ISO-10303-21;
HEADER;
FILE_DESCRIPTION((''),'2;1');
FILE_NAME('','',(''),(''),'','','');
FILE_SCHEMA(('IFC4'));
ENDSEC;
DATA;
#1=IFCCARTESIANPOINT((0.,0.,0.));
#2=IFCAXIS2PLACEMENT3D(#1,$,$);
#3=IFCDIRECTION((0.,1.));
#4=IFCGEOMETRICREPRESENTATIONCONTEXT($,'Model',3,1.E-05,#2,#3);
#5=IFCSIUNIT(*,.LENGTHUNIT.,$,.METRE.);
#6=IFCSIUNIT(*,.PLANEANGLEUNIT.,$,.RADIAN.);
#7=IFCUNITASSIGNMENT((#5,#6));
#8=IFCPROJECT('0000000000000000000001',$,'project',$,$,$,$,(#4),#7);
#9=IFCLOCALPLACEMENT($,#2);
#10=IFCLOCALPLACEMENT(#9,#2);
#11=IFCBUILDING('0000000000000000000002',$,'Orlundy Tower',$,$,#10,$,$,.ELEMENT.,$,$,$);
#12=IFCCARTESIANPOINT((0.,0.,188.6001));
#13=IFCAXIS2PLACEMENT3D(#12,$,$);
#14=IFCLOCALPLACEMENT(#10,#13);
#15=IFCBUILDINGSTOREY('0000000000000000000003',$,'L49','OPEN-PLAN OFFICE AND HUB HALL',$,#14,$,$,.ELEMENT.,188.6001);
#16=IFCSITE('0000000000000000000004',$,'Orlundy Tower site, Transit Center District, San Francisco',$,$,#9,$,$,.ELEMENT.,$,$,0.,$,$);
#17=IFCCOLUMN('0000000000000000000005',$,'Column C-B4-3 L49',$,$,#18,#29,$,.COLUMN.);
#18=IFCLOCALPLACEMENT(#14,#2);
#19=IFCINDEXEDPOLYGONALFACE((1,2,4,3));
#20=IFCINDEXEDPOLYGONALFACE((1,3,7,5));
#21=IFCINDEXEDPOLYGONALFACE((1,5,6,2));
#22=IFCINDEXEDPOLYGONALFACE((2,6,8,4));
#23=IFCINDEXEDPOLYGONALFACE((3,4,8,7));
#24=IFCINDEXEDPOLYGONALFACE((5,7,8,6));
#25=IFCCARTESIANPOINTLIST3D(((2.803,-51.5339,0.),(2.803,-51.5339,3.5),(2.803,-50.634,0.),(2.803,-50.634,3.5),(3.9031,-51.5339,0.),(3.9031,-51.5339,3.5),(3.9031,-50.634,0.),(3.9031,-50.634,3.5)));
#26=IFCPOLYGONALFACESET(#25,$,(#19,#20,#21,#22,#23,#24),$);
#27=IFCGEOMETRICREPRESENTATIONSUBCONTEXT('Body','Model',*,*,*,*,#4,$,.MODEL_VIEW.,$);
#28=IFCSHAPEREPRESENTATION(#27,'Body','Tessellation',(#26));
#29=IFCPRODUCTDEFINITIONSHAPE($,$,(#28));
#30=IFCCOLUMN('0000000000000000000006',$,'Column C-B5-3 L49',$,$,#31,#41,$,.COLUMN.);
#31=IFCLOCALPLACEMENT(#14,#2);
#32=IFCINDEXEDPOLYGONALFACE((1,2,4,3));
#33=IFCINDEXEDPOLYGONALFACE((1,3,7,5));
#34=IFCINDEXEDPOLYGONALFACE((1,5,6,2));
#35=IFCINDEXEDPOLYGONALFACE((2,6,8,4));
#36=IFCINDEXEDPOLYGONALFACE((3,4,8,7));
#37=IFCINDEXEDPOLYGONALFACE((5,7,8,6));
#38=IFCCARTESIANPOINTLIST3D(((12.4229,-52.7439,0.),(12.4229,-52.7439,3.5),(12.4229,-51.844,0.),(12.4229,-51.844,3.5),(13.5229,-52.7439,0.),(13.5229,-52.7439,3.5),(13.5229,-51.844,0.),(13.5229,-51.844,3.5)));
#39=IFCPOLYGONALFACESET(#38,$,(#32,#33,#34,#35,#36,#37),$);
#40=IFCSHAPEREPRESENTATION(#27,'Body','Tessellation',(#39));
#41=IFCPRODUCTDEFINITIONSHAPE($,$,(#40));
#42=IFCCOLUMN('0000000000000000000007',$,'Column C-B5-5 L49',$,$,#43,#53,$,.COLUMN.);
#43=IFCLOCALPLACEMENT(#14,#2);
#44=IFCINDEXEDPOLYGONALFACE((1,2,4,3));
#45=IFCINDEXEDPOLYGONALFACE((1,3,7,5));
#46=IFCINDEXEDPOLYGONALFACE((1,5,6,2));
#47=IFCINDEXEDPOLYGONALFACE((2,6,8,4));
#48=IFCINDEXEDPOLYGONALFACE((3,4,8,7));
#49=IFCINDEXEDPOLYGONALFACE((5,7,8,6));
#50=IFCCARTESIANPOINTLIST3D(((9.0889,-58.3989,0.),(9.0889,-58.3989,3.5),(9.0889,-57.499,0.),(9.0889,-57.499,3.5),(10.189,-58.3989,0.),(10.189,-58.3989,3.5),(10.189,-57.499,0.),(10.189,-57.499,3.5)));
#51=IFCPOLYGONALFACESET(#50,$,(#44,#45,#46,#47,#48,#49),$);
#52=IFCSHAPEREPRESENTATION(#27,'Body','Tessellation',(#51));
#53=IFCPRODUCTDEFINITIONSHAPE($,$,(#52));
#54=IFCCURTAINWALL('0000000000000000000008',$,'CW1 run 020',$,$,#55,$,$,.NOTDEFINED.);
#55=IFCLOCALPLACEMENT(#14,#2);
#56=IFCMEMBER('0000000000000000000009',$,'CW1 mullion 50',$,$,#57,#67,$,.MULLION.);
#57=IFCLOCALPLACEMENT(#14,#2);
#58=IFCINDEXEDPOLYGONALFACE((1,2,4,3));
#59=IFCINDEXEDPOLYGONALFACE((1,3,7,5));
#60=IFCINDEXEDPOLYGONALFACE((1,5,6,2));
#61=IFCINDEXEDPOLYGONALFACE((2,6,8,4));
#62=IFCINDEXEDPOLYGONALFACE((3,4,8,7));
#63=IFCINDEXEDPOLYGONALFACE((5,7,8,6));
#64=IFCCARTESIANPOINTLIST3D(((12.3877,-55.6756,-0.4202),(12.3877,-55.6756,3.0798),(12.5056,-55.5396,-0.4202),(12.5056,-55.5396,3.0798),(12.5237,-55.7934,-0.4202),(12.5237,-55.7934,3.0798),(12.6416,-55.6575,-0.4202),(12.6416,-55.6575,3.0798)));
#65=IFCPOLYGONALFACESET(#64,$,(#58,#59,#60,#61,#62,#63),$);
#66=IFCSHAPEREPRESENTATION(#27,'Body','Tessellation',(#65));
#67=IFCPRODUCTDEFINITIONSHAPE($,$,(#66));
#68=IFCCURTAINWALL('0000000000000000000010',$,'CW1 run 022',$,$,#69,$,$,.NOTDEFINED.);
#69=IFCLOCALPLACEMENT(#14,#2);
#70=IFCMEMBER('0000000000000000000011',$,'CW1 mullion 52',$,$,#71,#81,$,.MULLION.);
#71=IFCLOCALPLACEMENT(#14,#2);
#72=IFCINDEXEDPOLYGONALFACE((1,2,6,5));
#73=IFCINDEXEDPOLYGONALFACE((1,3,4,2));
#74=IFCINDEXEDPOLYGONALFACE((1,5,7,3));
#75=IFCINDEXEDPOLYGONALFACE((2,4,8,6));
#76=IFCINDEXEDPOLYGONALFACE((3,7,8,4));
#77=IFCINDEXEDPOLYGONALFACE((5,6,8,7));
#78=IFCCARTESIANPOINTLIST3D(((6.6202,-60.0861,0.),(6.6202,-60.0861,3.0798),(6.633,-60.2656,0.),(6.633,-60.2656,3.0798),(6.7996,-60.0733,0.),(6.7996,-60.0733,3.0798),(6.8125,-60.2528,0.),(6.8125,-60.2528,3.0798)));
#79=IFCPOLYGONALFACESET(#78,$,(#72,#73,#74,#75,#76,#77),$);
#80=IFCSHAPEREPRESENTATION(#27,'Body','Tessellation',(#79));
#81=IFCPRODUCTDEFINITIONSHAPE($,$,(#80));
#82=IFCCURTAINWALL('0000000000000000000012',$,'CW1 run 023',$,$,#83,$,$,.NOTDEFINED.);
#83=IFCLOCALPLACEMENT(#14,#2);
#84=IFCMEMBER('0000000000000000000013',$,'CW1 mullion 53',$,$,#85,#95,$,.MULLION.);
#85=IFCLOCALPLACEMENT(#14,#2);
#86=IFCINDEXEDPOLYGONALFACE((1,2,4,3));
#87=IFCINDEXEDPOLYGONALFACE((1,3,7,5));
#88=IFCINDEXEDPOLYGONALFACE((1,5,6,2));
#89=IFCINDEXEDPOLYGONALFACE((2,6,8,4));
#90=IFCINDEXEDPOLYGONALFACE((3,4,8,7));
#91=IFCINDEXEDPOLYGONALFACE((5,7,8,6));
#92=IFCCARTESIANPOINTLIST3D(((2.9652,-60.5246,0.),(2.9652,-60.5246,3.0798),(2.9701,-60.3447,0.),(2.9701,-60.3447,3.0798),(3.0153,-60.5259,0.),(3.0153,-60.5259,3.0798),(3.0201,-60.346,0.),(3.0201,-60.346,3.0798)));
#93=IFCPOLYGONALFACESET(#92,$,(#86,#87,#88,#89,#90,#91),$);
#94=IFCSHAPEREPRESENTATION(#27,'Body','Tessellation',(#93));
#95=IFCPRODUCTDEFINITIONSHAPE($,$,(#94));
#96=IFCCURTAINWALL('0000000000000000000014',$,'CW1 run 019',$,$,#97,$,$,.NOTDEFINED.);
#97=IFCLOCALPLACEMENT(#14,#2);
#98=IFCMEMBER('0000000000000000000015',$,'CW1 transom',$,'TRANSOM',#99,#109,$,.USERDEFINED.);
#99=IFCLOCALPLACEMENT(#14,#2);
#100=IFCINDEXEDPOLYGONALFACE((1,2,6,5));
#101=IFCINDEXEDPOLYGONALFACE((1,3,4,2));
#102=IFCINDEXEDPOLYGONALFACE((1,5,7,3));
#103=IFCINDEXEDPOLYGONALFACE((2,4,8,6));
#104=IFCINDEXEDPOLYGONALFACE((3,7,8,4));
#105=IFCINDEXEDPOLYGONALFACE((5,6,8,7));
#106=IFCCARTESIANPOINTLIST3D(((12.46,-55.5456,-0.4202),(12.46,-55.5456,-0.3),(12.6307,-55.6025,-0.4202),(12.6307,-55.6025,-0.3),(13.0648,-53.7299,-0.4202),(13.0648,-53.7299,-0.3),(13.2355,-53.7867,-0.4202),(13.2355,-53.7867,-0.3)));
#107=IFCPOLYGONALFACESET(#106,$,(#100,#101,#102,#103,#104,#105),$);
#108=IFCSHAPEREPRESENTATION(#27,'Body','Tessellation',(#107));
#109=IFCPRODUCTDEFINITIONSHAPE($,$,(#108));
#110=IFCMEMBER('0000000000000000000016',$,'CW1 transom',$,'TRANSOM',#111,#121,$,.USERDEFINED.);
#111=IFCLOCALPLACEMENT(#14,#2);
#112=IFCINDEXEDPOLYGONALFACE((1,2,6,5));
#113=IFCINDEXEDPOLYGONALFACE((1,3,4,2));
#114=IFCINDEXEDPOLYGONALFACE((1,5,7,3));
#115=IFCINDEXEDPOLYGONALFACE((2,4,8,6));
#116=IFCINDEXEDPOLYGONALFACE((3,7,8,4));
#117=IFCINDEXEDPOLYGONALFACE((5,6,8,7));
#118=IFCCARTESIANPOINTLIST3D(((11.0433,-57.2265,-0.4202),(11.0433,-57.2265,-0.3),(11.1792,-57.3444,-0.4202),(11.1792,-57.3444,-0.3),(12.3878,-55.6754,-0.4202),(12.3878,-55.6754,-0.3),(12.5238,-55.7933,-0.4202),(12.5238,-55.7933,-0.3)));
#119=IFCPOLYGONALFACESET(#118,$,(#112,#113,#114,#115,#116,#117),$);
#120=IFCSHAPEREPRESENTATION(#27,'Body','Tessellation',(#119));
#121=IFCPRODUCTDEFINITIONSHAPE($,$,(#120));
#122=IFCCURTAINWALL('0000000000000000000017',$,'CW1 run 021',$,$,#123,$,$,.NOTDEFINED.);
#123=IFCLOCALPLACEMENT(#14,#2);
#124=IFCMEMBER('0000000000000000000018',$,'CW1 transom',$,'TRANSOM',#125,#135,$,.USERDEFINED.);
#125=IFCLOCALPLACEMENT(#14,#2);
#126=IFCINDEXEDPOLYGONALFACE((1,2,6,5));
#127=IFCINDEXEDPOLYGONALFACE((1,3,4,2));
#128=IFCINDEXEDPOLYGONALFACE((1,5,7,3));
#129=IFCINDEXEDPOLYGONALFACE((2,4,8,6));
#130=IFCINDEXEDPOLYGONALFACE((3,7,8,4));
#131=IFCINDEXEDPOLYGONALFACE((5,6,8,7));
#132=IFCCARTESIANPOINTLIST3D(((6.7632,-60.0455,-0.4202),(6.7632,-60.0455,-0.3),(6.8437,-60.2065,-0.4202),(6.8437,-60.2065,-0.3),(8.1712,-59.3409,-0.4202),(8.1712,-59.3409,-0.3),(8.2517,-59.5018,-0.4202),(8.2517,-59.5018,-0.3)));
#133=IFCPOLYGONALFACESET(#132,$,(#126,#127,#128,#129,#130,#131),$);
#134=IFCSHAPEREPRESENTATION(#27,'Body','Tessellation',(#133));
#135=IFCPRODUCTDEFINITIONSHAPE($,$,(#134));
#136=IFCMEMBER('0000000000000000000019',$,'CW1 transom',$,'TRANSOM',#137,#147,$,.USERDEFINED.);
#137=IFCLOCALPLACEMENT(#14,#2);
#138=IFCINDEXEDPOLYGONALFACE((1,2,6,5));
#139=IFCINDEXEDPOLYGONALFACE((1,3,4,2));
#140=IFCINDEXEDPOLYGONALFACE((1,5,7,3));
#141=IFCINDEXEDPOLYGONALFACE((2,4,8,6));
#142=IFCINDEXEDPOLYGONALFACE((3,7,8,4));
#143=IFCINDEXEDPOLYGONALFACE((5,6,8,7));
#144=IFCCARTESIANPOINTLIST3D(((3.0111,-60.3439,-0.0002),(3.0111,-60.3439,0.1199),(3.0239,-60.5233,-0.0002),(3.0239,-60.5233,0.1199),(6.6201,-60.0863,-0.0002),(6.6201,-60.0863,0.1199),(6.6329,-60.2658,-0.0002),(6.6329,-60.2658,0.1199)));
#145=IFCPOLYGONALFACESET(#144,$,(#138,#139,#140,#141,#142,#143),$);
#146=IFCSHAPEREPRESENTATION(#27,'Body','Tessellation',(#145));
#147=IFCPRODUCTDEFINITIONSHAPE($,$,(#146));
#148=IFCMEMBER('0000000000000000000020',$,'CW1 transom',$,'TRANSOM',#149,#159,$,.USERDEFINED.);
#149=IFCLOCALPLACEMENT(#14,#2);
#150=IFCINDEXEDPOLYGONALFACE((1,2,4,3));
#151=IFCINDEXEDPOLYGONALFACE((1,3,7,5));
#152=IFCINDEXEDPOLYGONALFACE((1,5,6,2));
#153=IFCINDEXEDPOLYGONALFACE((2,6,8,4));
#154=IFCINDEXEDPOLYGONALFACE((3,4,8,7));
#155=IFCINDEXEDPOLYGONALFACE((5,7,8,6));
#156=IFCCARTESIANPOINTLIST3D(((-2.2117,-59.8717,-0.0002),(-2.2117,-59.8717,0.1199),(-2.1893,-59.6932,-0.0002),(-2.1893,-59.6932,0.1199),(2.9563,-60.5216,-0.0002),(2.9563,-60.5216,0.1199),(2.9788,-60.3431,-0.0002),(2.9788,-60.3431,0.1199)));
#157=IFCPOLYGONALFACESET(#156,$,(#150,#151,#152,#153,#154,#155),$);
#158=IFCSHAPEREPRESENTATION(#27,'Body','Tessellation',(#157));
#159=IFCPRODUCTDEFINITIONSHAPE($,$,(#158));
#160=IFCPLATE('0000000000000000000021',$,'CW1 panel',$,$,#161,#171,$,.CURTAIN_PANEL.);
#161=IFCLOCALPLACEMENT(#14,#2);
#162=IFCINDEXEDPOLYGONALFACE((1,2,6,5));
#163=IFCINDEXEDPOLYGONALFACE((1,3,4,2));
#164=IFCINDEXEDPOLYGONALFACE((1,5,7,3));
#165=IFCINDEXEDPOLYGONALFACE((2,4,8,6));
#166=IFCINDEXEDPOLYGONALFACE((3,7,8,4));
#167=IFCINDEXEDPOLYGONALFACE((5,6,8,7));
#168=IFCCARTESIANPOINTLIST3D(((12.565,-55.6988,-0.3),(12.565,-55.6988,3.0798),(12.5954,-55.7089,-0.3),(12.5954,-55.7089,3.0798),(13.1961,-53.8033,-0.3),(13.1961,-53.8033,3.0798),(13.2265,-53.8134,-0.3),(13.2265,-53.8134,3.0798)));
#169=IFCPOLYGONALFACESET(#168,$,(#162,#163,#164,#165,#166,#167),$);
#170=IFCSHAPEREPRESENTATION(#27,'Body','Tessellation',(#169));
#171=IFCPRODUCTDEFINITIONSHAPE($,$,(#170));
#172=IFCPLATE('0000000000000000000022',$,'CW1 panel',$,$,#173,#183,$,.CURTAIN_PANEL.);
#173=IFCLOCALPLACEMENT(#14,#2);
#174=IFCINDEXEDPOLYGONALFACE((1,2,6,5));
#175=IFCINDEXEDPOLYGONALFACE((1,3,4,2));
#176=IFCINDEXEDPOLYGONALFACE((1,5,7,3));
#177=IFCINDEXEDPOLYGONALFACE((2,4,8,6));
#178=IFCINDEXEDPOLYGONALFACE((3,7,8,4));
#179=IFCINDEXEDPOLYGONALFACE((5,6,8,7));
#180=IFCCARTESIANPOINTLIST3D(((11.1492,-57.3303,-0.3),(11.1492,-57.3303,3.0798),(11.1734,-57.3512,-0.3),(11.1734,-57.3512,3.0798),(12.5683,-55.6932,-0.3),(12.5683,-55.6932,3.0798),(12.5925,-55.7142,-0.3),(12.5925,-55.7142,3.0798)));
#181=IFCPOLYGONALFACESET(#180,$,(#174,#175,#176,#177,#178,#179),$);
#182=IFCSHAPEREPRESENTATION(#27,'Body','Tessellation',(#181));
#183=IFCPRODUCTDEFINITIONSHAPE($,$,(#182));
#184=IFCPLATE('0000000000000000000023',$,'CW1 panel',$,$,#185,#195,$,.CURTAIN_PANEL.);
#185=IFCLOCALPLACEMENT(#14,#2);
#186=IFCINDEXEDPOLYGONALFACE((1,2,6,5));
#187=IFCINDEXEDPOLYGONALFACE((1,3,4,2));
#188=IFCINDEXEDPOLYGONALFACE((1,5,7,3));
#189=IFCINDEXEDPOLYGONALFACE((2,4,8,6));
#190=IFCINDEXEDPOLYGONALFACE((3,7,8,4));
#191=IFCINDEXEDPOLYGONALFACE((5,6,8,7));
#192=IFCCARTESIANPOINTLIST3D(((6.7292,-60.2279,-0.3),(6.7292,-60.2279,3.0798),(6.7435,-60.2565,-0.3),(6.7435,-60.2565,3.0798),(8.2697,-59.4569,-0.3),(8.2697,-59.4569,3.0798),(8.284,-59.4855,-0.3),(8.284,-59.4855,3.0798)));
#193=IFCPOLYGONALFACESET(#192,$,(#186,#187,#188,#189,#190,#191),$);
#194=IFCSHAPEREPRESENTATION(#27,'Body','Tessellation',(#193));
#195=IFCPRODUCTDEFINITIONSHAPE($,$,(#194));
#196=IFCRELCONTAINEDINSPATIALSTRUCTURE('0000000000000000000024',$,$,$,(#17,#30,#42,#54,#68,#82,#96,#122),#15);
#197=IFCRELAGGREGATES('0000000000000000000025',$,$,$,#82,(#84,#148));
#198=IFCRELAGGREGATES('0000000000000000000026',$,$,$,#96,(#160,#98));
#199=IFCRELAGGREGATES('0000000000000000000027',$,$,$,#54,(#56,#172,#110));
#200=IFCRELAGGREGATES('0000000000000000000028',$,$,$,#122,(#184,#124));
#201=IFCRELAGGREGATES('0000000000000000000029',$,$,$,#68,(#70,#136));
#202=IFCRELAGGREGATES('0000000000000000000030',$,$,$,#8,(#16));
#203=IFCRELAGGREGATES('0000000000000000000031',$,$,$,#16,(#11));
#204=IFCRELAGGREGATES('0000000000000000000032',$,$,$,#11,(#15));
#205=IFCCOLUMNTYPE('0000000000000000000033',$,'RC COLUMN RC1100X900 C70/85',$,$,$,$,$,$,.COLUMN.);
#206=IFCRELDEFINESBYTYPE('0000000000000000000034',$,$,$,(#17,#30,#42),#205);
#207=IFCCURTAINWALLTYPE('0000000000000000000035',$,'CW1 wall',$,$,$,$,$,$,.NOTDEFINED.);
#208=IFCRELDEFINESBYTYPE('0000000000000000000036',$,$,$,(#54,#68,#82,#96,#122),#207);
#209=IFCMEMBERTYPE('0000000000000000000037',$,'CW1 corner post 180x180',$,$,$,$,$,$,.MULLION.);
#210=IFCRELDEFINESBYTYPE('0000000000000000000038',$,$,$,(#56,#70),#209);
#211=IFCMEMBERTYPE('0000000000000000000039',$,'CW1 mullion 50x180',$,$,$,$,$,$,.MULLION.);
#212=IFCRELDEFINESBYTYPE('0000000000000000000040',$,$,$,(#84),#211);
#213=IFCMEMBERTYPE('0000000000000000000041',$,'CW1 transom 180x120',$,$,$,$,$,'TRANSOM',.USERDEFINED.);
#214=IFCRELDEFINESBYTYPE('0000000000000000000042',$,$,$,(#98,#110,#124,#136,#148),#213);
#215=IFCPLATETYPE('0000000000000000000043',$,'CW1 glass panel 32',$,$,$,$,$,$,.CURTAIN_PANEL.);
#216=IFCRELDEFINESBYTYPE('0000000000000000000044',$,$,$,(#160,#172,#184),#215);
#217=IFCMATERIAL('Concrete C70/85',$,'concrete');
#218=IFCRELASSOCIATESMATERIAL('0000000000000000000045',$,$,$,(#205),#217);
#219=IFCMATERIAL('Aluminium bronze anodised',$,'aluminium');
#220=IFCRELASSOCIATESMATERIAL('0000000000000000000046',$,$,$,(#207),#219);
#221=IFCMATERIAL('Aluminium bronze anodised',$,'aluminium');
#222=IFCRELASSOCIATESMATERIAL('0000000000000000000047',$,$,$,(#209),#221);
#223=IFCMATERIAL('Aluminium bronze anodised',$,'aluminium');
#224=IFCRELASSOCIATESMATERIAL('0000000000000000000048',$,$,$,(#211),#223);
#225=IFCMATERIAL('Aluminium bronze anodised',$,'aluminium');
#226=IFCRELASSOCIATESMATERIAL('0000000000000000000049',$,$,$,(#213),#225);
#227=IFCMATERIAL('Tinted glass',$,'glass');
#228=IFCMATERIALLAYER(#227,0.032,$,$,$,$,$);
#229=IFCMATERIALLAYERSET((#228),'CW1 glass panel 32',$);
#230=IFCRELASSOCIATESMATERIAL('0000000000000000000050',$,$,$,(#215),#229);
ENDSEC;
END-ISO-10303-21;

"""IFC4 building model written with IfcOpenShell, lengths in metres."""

from ifc_helpers import new_model, si_unit, direction, frame, origin, origin_2d, place, context, subcontext, project, spatial, rectangle, extrude, material, layer, layer_set, material_profile, profile_set, type_object, element, aggregate, save


model = new_model("IFC4")

# Units and contexts
model_context = context("Model", 3, precision=1e-05, world=origin(), true_north=direction((0.0, 1.0)))
body_context = subcontext(model_context, "Body", "Model", "MODEL_VIEW")
ifc_project = project(units=[si_unit("LENGTHUNIT", "METRE"), si_unit("PLANEANGLEUNIT", "RADIAN")], contexts=[model_context])

# Site, building, storey
site_placement = place(None, origin())
site = spatial("IfcSite", under=ifc_project, at=site_placement, Name="Orlundy Tower site, Transit Center District, San Francisco", CompositionType="ELEMENT", RefElevation=0.0)
building_placement = place(site_placement, origin())
building = spatial("IfcBuilding", under=site, at=building_placement, Name="Orlundy Tower", CompositionType="ELEMENT")
storey_placement = place(building_placement, frame((0.0, 0.0, 188.6001)))
storey = spatial("IfcBuildingStorey", under=building, at=storey_placement, Name="L49", Description="OPEN-PLAN OFFICE AND HUB HALL", CompositionType="ELEMENT", Elevation=188.6001)

# Columns
ifc_material_1 = material(Name="Concrete C70/85", Category="concrete")
ifc_material_profile_1 = material_profile(ifc_material_1, rectangle(XDim=1.1001, YDim=0.8999, at=origin_2d()), Name="RC1100X900")
ifc_profile_set_1 = profile_set([ifc_material_profile_1], Name="Concrete C70/85")
column_type = type_object("IfcColumnType", Name="RC COLUMN RC1100X900 C70/85", PredefinedType="COLUMN", material=ifc_profile_set_1)
for number, where, z_axis, x_axis, name in (
    (1, (3.353, -51.084, 0.0), (0.0, 0.0, 1.0), (1.0, 0.0, 0.0), "Column C-B4-3 L49"),
    (2, (12.9729, -52.2939, 0.0), (0.0, 0.0, 1.0), (1.0, 0.0, 0.0), "Column C-B5-3 L49"),
    (3, (9.6389, -57.949, 0.0), (0.0, 0.0, 1.0), (1.0, 0.0, 0.0), "Column C-B5-5 L49"),
):
    element("IfcColumn", number, at=place(storey_placement, frame(where, z_axis=z_axis, x_axis=x_axis)), inside=storey, type_object=column_type, Name=name, PredefinedType="COLUMN", context=body_context, shape_type="SweptSolid", body=[
        extrude(rectangle(XDim=1.1001, YDim=0.8999, at=origin_2d()), origin(), (0.0, 0.0, 1.0), 3.5),
    ])

# Curtain walls, members
ifc_material_2 = material(Name="Aluminium bronze anodised", Category="aluminium")
curtain_wall_type = type_object("IfcCurtainWallType", Name="CW1 wall", PredefinedType="NOTDEFINED", material=ifc_material_2)
curtain_wall_1_placement = place(storey_placement, origin())
curtain_wall_1 = element("IfcCurtainWall", 4, at=curtain_wall_1_placement, inside=storey, type_object=curtain_wall_type, Name="CW1 run 020", PredefinedType="NOTDEFINED")
ifc_material_3 = material(Name="Aluminium bronze anodised", Category="aluminium")
ifc_material_profile_2 = material_profile(ifc_material_3, rectangle(XDim=0.1799, YDim=0.1799, at=origin_2d()), Name="CW1 corner post 180x180")
ifc_profile_set_2 = profile_set([ifc_material_profile_2], Name="Aluminium bronze anodised")
member_type_1 = type_object("IfcMemberType", Name="CW1 corner post 180x180", PredefinedType="MULLION", material=ifc_profile_set_2)
member_1_placement = place(storey_placement, frame((12.5146, -55.6665, -0.4202), z_axis=(0.0, 0.0, 1.0), x_axis=(0.755627, -0.655002, 0.0)))
member_1 = element("IfcMember", 5, at=member_1_placement, type_object=member_type_1, Name="CW1 mullion 50", PredefinedType="MULLION", context=body_context, shape_type="SweptSolid", body=[
    extrude(rectangle(XDim=0.1799, YDim=0.1799, at=origin_2d()), origin(), (0.0, 0.0, 1.0), 3.5),
])
curtain_wall_2_placement = place(storey_placement, origin())
curtain_wall_2 = element("IfcCurtainWall", 6, at=curtain_wall_2_placement, inside=storey, type_object=curtain_wall_type, Name="CW1 run 022", PredefinedType="NOTDEFINED")
member_2_placement = place(storey_placement, frame((6.7163, -60.1694, 0.0), z_axis=(0.0, 0.0, 1.0), x_axis=(0.071228, -0.99746, 0.0)))
member_2 = element("IfcMember", 7, at=member_2_placement, type_object=member_type_1, Name="CW1 mullion 52", PredefinedType="MULLION", context=body_context, shape_type="SweptSolid", body=[
    extrude(rectangle(XDim=0.1799, YDim=0.1799, at=origin_2d()), origin(), (0.0, 0.0, 1.0), 3.0798),
])
curtain_wall_3_placement = place(storey_placement, origin())
curtain_wall_3 = element("IfcCurtainWall", 8, at=curtain_wall_3_placement, inside=storey, type_object=curtain_wall_type, Name="CW1 run 023", PredefinedType="NOTDEFINED")
ifc_material_4 = material(Name="Aluminium bronze anodised", Category="aluminium")
ifc_material_profile_3 = material_profile(ifc_material_4, rectangle(XDim=0.1799, YDim=0.05, at=origin_2d()), Name="CW1 mullion 50x180")
ifc_profile_set_3 = profile_set([ifc_material_profile_3], Name="Aluminium bronze anodised")
member_type_2 = type_object("IfcMemberType", Name="CW1 mullion 50x180", PredefinedType="MULLION", material=ifc_profile_set_3)
member_3_placement = place(storey_placement, frame((2.9927, -60.4353, 0.0), z_axis=(0.0, 0.0, 1.0), x_axis=(-0.026896, -0.999638, 0.0)))
member_3 = element("IfcMember", 9, at=member_3_placement, type_object=member_type_2, Name="CW1 mullion 53", PredefinedType="MULLION", context=body_context, shape_type="SweptSolid", body=[
    extrude(rectangle(XDim=0.1799, YDim=0.05, at=origin_2d()), origin(), (0.0, 0.0, 1.0), 3.0798),
])
curtain_wall_4_placement = place(storey_placement, origin())
curtain_wall_4 = element("IfcCurtainWall", 10, at=curtain_wall_4_placement, inside=storey, type_object=curtain_wall_type, Name="CW1 run 019", PredefinedType="NOTDEFINED")
ifc_material_5 = material(Name="Aluminium bronze anodised", Category="aluminium")
ifc_material_profile_4 = material_profile(ifc_material_5, rectangle(XDim=0.1799, YDim=0.1201, at=origin_2d()), Name="CW1 transom 180x120")
ifc_profile_set_4 = profile_set([ifc_material_profile_4], Name="Aluminium bronze anodised")
member_type_3 = type_object("IfcMemberType", Name="CW1 transom 180x120", ElementType="TRANSOM", PredefinedType="USERDEFINED", material=ifc_profile_set_4)
member_4_placement = place(storey_placement, frame((13.1501, -53.7583, -0.3601), z_axis=(-0.315998, -0.94876, 0.0), x_axis=(0.94876, -0.315998, 0.0)))
member_4 = element("IfcMember", 11, at=member_4_placement, type_object=member_type_3, Name="CW1 transom", ObjectType="TRANSOM", PredefinedType="USERDEFINED", context=body_context, shape_type="SweptSolid", body=[
    extrude(rectangle(XDim=0.1799, YDim=0.1201, at=origin_2d()), origin(), (0.0, 0.0, 1.0), 1.9138),
])

# Member
member_5_placement = place(storey_placement, frame((12.4558, -55.7344, -0.3601), z_axis=(-0.655003, -0.755626, 0.0), x_axis=(0.755626, -0.655003, 0.0)))
member_5 = element("IfcMember", 12, at=member_5_placement, type_object=member_type_3, Name="CW1 transom", ObjectType="TRANSOM", PredefinedType="USERDEFINED", context=body_context, shape_type="SweptSolid", body=[
    extrude(rectangle(XDim=0.1799, YDim=0.1201, at=origin_2d()), origin(), (0.0, 0.0, 1.0), 2.0527),
])

# Curtain wall, member
curtain_wall_5_placement = place(storey_placement, origin())
curtain_wall_5 = element("IfcCurtainWall", 13, at=curtain_wall_5_placement, inside=storey, type_object=curtain_wall_type, Name="CW1 run 021", PredefinedType="NOTDEFINED")
member_6_placement = place(storey_placement, frame((8.2114, -59.4214, -0.3601), z_axis=(-0.894272, -0.447524, 0.0), x_axis=(0.447524, -0.894272, 0.0)))
member_6 = element("IfcMember", 14, at=member_6_placement, type_object=member_type_3, Name="CW1 transom", ObjectType="TRANSOM", PredefinedType="USERDEFINED", context=body_context, shape_type="SweptSolid", body=[
    extrude(rectangle(XDim=0.1799, YDim=0.1201, at=origin_2d()), origin(), (0.0, 0.0, 1.0), 1.5745),
])

# Members
member_7_placement = place(storey_placement, frame((6.6265, -60.176, 0.0598), z_axis=(-0.997463, -0.07119, 0.0), x_axis=(0.07119, -0.997463, 0.0)))
member_7 = element("IfcMember", 15, at=member_7_placement, type_object=member_type_3, Name="CW1 transom", ObjectType="TRANSOM", PredefinedType="USERDEFINED", context=body_context, shape_type="SweptSolid", body=[
    extrude(rectangle(XDim=0.1799, YDim=0.1201, at=origin_2d()), origin(), (0.0, 0.0, 1.0), 3.6182),
])
member_8_placement = place(storey_placement, frame((2.9675, -60.4324, 0.0598), z_axis=(-0.992185, 0.124773, 0.0), x_axis=(-0.124773, -0.992185, 0.0)))
member_8 = element("IfcMember", 16, at=member_8_placement, type_object=member_type_3, Name="CW1 transom", ObjectType="TRANSOM", PredefinedType="USERDEFINED", context=body_context, shape_type="SweptSolid", body=[
    extrude(rectangle(XDim=0.1799, YDim=0.1201, at=origin_2d()), origin(), (0.0, 0.0, 1.0), 5.2087),
])
aggregate(curtain_wall_3, [member_3, member_8])

# Plates
ifc_material_6 = material(Name="Tinted glass", Category="glass")
ifc_layer_1 = layer(ifc_material_6, 0.032)
ifc_layer_set_1 = layer_set([ifc_layer_1], Name="CW1 glass panel 32")
plate_type = type_object("IfcPlateType", Name="CW1 glass panel 32", PredefinedType="CURTAIN_PANEL", material=ifc_layer_set_1)
plate_1_placement = place(storey_placement, frame((12.8958, -54.7561, -0.3), z_axis=(0.0, 0.0, 1.0), x_axis=(-0.315904, -0.948791, 0.0)))
plate_1 = element("IfcPlate", 17, at=plate_1_placement, type_object=plate_type, Name="CW1 panel", PredefinedType="CURTAIN_PANEL", context=body_context, shape_type="SweptSolid", body=[
    extrude(rectangle(XDim=1.9978, YDim=0.032, at=origin_2d()), origin(), (0.0, 0.0, 1.0), 3.3799),
])
aggregate(curtain_wall_4, [plate_1, member_4])
plate_2_placement = place(storey_placement, frame((11.8708, -56.5222, -0.3), z_axis=(0.0, 0.0, 1.0), x_axis=(-0.655002, -0.755627, 0.0)))
plate_2 = element("IfcPlate", 18, at=plate_2_placement, type_object=plate_type, Name="CW1 panel", PredefinedType="CURTAIN_PANEL", context=body_context, shape_type="SweptSolid", body=[
    extrude(rectangle(XDim=2.1665, YDim=0.032, at=origin_2d()), origin(), (0.0, 0.0, 1.0), 3.3799),
])
aggregate(curtain_wall_1, [member_1, plate_2, member_5])
plate_3_placement = place(storey_placement, frame((7.5066, -59.8567, -0.3), z_axis=(0.0, 0.0, 1.0), x_axis=(-0.894265, -0.447537, 0.0)))
plate_3 = element("IfcPlate", 19, at=plate_3_placement, type_object=plate_type, Name="CW1 panel", PredefinedType="CURTAIN_PANEL", context=body_context, shape_type="SweptSolid", body=[
    extrude(rectangle(XDim=1.7227, YDim=0.032, at=origin_2d()), origin(), (0.0, 0.0, 1.0), 3.3799),
])
aggregate(curtain_wall_5, [plate_3, member_6])
aggregate(curtain_wall_2, [member_2, member_7])

save(model, "model.ifc")
